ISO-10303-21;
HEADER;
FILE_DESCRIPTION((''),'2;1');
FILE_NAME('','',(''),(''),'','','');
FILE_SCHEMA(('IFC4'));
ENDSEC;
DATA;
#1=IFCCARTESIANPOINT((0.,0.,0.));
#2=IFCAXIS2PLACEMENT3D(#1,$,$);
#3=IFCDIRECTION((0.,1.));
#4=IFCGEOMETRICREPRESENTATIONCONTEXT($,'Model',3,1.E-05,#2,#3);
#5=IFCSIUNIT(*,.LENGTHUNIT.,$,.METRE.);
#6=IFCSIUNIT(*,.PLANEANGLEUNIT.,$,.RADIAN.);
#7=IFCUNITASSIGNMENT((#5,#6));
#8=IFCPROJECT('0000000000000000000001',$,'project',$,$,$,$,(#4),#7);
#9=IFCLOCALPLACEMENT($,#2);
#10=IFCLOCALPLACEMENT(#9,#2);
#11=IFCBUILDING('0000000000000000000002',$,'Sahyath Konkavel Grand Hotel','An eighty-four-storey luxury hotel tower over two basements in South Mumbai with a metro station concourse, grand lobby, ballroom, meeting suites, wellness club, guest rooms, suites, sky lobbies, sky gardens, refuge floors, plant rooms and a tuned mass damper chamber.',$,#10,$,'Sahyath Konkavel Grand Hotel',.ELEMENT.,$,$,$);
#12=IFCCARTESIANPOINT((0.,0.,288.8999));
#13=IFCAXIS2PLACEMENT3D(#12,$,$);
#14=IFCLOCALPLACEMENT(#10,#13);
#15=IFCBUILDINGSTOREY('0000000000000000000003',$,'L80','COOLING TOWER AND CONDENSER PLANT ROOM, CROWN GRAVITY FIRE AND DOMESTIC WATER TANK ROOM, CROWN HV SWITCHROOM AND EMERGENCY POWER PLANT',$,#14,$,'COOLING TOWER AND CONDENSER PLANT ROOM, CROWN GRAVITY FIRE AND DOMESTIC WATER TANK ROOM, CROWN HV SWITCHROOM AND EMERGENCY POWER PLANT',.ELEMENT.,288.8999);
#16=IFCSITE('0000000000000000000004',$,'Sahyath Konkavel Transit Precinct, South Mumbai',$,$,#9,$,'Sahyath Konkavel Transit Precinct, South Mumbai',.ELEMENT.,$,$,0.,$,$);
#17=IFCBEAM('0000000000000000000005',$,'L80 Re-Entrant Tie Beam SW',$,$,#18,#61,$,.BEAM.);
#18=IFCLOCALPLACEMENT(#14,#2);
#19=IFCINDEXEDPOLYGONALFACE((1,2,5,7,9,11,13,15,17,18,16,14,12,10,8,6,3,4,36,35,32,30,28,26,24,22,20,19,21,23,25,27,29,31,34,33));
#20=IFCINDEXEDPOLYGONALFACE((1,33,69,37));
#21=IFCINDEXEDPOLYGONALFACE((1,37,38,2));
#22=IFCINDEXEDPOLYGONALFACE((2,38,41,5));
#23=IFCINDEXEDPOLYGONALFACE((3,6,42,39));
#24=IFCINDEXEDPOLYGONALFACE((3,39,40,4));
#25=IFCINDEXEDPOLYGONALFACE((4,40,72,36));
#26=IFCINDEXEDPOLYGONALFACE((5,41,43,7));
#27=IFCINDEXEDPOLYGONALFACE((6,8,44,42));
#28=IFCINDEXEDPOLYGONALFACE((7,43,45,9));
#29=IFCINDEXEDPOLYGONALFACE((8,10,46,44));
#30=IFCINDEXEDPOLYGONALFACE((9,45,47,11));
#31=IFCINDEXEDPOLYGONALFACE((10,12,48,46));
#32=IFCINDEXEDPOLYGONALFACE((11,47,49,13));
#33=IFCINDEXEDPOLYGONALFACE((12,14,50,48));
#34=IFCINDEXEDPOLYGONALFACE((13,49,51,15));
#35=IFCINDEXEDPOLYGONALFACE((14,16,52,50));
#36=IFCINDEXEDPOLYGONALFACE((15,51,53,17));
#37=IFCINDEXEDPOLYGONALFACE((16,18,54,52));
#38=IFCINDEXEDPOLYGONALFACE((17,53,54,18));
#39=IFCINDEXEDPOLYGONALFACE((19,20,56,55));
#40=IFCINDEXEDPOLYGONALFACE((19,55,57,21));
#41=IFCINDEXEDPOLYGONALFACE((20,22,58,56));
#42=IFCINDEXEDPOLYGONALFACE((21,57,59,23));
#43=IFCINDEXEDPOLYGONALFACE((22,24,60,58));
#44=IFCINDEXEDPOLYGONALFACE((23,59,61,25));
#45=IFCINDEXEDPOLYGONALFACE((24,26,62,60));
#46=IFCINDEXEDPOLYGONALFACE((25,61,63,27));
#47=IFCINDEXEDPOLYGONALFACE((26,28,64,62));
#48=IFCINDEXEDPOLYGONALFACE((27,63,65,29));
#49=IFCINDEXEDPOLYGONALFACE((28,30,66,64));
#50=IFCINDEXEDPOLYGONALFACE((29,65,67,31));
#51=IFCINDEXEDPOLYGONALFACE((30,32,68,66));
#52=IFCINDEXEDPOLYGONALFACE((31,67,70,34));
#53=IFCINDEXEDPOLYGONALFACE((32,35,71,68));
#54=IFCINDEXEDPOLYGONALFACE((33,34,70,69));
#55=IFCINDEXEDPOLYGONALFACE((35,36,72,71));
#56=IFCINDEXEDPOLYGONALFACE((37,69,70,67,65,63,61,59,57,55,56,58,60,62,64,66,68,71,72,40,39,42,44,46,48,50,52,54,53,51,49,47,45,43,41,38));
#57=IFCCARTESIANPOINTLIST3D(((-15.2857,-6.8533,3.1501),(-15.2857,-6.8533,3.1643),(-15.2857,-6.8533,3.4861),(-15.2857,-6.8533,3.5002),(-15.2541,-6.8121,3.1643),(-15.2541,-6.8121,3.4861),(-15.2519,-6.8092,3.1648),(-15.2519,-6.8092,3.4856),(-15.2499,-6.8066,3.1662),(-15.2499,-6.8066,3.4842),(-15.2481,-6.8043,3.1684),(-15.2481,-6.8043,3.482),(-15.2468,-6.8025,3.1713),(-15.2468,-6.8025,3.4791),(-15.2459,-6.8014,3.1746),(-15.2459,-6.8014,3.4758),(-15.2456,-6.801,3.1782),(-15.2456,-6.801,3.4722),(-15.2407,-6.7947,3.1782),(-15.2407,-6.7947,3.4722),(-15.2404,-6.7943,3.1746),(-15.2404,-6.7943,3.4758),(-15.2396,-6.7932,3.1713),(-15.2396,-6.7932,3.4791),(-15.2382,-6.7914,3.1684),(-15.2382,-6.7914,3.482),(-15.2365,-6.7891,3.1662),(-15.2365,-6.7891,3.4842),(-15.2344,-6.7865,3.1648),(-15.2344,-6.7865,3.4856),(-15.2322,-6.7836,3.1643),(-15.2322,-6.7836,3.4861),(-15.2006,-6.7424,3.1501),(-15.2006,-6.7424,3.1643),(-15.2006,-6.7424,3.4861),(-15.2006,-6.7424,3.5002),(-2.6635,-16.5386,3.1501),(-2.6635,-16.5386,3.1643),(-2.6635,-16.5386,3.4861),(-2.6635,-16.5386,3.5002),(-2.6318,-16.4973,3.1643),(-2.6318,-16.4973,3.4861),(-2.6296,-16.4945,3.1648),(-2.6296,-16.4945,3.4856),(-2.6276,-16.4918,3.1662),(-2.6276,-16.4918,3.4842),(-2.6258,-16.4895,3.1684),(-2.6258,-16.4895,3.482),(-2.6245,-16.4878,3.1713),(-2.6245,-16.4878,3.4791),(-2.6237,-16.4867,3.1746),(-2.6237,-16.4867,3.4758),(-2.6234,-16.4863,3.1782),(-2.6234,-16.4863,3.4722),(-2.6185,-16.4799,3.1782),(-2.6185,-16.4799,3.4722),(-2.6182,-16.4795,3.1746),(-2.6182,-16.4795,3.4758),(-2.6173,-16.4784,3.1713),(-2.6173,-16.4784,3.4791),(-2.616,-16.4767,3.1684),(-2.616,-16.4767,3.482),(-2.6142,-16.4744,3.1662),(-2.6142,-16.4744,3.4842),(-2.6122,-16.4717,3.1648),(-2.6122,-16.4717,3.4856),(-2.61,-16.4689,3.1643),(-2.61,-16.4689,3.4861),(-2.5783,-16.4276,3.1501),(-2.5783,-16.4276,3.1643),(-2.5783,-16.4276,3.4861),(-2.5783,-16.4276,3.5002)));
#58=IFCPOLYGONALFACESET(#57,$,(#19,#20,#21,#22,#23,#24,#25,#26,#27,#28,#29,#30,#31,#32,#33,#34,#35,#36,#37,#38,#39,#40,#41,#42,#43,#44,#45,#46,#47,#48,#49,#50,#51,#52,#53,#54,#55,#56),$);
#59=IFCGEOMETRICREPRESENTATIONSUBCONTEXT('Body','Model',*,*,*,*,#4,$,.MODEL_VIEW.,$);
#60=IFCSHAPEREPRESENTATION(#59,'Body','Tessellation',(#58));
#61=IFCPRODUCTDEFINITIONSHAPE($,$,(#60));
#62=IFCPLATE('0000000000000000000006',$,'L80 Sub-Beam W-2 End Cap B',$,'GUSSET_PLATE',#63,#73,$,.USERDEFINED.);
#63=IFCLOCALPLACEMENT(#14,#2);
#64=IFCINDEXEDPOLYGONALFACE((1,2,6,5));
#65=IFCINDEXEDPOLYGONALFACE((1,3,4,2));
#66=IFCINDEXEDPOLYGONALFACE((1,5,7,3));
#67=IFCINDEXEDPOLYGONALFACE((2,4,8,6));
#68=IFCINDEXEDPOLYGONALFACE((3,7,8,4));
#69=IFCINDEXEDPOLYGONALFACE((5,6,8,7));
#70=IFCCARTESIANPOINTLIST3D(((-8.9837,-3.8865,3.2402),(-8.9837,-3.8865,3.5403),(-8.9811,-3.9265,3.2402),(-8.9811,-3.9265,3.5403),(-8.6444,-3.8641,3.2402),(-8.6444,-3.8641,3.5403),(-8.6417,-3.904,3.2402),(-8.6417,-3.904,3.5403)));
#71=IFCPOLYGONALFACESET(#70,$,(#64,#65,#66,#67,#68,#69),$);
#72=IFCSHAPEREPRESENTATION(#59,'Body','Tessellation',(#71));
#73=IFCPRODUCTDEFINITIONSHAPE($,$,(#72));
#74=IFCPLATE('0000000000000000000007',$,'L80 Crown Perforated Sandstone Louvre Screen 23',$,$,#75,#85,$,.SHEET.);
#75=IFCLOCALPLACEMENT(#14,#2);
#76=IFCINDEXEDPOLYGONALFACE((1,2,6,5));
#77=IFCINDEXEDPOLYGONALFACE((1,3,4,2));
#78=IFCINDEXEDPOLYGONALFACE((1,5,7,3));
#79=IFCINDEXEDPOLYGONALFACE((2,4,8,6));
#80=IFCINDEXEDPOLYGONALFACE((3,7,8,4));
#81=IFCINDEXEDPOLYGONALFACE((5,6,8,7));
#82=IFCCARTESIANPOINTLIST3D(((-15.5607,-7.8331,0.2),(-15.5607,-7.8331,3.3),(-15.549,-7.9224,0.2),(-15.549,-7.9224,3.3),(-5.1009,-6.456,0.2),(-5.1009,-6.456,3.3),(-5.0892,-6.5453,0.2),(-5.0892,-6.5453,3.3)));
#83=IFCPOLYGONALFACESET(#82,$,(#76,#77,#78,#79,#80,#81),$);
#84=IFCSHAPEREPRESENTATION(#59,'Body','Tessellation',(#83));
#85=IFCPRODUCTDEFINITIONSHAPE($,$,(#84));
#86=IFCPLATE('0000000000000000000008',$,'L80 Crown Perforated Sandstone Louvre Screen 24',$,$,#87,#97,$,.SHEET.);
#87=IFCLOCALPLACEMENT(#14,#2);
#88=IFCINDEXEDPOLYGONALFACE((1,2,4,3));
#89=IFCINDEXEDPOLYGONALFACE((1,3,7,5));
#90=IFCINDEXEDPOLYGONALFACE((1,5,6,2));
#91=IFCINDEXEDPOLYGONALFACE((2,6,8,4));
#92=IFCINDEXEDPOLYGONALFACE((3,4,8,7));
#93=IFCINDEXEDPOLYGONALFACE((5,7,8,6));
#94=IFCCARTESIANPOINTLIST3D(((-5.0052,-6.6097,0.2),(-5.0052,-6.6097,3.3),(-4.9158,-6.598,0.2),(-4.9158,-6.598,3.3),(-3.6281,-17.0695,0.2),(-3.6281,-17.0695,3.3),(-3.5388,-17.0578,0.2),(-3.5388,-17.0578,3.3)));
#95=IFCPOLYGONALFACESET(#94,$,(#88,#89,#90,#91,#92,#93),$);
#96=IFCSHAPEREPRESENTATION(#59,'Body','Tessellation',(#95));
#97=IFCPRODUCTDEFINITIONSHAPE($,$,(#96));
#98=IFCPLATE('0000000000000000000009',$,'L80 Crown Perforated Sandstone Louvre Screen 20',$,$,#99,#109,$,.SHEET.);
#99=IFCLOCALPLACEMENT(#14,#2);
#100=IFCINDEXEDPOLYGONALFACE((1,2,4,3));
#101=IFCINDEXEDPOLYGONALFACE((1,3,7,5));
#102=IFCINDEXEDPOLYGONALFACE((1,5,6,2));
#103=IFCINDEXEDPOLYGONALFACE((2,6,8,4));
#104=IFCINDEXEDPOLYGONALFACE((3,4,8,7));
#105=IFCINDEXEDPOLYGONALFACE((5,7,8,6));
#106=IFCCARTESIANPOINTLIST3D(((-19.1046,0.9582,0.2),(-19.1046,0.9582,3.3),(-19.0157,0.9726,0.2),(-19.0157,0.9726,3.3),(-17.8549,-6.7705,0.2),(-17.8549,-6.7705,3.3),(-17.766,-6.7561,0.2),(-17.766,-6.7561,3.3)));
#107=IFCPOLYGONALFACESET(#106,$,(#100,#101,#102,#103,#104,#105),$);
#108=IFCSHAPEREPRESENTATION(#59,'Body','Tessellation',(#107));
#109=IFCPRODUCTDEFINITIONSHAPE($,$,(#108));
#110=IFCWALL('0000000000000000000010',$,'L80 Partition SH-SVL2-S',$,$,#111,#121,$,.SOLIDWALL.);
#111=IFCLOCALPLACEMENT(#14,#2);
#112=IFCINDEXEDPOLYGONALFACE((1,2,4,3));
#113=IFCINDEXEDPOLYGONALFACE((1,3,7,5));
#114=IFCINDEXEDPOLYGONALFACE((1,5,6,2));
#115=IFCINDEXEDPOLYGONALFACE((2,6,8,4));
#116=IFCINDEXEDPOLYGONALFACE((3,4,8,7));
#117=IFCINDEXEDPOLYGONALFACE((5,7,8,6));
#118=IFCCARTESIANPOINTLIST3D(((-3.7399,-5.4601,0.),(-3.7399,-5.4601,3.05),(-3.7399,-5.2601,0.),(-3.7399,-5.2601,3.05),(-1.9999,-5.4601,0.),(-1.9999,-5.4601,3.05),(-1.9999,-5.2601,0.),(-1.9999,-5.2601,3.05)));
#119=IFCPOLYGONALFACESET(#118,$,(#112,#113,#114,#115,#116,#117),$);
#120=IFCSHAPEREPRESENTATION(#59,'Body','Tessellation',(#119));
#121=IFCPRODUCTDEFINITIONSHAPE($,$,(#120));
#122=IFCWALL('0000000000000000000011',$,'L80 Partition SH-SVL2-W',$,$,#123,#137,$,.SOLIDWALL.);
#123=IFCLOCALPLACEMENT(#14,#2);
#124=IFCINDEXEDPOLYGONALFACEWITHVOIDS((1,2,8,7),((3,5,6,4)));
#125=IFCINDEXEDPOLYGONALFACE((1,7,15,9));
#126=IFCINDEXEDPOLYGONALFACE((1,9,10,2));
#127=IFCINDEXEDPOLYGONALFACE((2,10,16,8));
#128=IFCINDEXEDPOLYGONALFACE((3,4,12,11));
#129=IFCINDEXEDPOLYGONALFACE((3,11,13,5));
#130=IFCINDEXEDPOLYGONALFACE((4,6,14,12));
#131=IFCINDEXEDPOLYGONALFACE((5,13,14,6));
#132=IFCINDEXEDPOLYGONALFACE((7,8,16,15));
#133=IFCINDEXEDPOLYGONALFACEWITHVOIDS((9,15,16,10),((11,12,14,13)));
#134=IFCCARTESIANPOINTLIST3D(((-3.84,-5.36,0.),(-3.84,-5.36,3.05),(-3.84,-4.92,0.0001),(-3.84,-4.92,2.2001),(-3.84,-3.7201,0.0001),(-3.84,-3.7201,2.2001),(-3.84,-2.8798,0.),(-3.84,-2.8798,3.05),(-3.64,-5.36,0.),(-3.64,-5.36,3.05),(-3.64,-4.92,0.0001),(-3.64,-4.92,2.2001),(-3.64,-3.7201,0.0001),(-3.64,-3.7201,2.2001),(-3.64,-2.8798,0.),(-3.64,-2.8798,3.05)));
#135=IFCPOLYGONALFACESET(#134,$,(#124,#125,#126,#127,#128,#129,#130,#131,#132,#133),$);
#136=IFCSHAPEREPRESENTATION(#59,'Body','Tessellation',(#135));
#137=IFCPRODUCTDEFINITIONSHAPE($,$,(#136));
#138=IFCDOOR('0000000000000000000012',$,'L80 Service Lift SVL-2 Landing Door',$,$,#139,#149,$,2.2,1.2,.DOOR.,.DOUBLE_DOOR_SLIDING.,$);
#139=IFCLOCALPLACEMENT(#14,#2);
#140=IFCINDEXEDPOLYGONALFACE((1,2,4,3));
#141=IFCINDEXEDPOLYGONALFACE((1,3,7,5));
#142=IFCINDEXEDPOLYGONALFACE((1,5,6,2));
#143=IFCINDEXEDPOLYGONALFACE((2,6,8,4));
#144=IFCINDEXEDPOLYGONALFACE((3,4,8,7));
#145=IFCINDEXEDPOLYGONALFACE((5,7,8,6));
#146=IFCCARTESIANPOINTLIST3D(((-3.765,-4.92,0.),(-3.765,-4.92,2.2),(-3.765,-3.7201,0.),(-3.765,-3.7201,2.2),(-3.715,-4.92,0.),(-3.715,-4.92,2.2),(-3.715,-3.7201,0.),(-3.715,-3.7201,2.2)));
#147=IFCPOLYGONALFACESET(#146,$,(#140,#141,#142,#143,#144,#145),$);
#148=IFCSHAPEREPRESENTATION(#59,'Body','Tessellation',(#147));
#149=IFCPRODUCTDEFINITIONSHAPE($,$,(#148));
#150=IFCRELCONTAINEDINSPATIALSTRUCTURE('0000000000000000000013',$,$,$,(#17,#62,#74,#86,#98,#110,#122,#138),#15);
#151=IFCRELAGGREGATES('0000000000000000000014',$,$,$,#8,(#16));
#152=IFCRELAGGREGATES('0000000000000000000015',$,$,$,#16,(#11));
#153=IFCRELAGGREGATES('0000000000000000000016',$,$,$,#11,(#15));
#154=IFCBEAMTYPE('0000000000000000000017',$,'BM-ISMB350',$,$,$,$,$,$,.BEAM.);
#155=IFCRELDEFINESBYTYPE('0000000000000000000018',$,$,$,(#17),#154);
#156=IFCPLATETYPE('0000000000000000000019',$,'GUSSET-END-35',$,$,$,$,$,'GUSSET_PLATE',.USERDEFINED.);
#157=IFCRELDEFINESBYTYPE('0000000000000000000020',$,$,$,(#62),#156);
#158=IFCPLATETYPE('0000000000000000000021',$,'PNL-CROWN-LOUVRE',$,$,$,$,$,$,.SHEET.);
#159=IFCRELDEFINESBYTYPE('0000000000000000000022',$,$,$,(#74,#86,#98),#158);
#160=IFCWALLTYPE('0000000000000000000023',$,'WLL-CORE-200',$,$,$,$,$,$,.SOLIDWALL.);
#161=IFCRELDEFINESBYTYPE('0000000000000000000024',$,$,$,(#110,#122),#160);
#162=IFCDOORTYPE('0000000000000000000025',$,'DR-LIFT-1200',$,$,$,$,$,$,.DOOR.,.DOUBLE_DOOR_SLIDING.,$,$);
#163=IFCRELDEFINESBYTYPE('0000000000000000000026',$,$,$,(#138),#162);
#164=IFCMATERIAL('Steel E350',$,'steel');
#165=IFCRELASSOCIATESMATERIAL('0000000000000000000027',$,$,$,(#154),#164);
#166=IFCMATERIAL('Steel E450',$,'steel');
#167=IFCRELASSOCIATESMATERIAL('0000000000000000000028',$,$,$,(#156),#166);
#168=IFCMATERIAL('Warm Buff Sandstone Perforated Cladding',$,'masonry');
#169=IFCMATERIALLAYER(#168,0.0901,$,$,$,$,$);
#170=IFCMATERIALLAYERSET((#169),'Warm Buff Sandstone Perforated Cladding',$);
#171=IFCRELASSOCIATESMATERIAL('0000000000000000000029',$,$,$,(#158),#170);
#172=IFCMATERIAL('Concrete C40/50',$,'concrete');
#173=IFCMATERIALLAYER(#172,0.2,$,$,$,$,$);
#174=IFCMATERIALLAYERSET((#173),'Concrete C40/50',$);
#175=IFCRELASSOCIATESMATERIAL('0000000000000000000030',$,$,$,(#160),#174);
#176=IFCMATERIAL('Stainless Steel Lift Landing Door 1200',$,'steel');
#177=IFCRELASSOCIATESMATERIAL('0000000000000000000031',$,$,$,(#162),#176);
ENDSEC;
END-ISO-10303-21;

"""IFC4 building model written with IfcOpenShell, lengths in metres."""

from ifc_helpers import new_model, si_unit, direction, frame, frame_2d, origin, origin_2d, place, context, subcontext, project, spatial, rectangle, i_section, extrude, source, transform, mapped, material, layer, layer_set, material_profile, profile_set, type_object, element, fill, save


model = new_model("IFC4")

# Units and contexts
model_context = context("Model", 3, precision=1e-05, world=origin(), true_north=direction((0.0, 1.0)))
body_context = subcontext(model_context, "Body", "Model", "MODEL_VIEW")
ifc_project = project(units=[si_unit("LENGTHUNIT", "METRE"), si_unit("PLANEANGLEUNIT", "RADIAN")], contexts=[model_context])

# Site, building, storey
site_placement = place(None, origin())
site = spatial("IfcSite", under=ifc_project, at=site_placement, Name="Sahyath Konkavel Transit Precinct, South Mumbai", LongName="Sahyath Konkavel Transit Precinct, South Mumbai", CompositionType="ELEMENT", RefElevation=0.0)
building_placement = place(site_placement, origin())
building = spatial("IfcBuilding", under=site, at=building_placement, Name="Sahyath Konkavel Grand Hotel", Description="An eighty-four-storey luxury hotel tower over two basements in South Mumbai with a metro station concourse, grand lobby, ballroom, meeting suites, wellness club, guest rooms, suites, sky lobbies, sky gardens, refuge floors, plant rooms and a tuned mass damper chamber.", LongName="Sahyath Konkavel Grand Hotel", CompositionType="ELEMENT")
storey_placement = place(building_placement, frame((0.0, 0.0, 288.8999)))
storey = spatial("IfcBuildingStorey", under=building, at=storey_placement, Name="L80", Description="COOLING TOWER AND CONDENSER PLANT ROOM, CROWN GRAVITY FIRE AND DOMESTIC WATER TANK ROOM, CROWN HV SWITCHROOM AND EMERGENCY POWER PLANT", LongName="COOLING TOWER AND CONDENSER PLANT ROOM, CROWN GRAVITY FIRE AND DOMESTIC WATER TANK ROOM, CROWN HV SWITCHROOM AND EMERGENCY POWER PLANT", CompositionType="ELEMENT", Elevation=288.8999)

# Shared definitions
ifc_material_1 = material(Name="Concrete C40/50", Category="concrete")

# Beam
ifc_material_2 = material(Name="Steel E350", Category="steel")
ifc_material_profile_1 = material_profile(ifc_material_2, i_section(OverallWidth=0.1399, OverallDepth=0.3501, WebThickness=0.0081, FlangeThickness=0.0142, FilletRadius=0.0139, at=origin_2d()), Name="ISMB 350")
ifc_profile_set_1 = profile_set([ifc_material_profile_1], Name="Steel E350")
beam_type_1 = type_object("IfcBeamType", Name="BM-ISMB350", PredefinedType="BEAM", material=ifc_profile_set_1)
shared_shape_1 = source(origin(), body_context, "Body", "SweptSolid", [
    extrude(i_section(OverallWidth=0.1399, OverallDepth=0.3501, WebThickness=0.0081, FlangeThickness=0.0142, FilletRadius=0.0139, at=origin_2d()), origin(), (0.0, 0.0, 1.0), 15.9099),
])
beam_1_placement = place(storey_placement, frame((-15.2432, -6.7979, 3.3252), z_axis=(0.793358, -0.608756, 0.0), x_axis=(0.608756, 0.793358, 0.0)))
element("IfcBeam", 1, at=beam_1_placement, inside=storey, type_object=beam_type_1, Name="L80 Re-Entrant Tie Beam SW", PredefinedType="BEAM", context=body_context, shape_type="MappedRepresentation", body=[
    mapped(shared_shape_1, transform((0.0, 0.0, 0.0), scale=1.0)),
])

# Plates
ifc_material_3 = material(Name="Steel E450", Category="steel")
plate_type_1 = type_object("IfcPlateType", Name="GUSSET-END-35", ElementType="GUSSET_PLATE", PredefinedType="USERDEFINED", material=ifc_material_3)
shared_shape_2 = source(origin(), body_context, "Body", "SweptSolid", [
    extrude(rectangle(XDim=0.04, YDim=0.3401, at=origin_2d()), origin(), (0.0, 0.0, 1.0), 0.3),
])
plate_1_placement = place(storey_placement, frame((-8.8127, -3.8953, 3.2402), z_axis=(0.0, 0.0, 1.0), x_axis=(0.06603, -0.997818, 0.0)))
element("IfcPlate", 2, at=plate_1_placement, inside=storey, type_object=plate_type_1, Name="L80 Sub-Beam W-2 End Cap B", ObjectType="GUSSET_PLATE", PredefinedType="USERDEFINED", context=body_context, shape_type="MappedRepresentation", body=[
    mapped(shared_shape_2, transform((0.0, 0.0, 0.0), scale=1.0)),
])
ifc_material_4 = material(Name="Warm Buff Sandstone Perforated Cladding", Category="masonry")
ifc_layer_1 = layer(ifc_material_4, 0.0901)
ifc_layer_set_1 = layer_set([ifc_layer_1], Name="Warm Buff Sandstone Perforated Cladding")
plate_type_2 = type_object("IfcPlateType", Name="PNL-CROWN-LOUVRE", PredefinedType="SHEET", material=ifc_layer_set_1)
shared_shape_3 = source(origin(), body_context, "Body", "SweptSolid", [
    extrude(rectangle(XDim=10.55, YDim=0.0901, at=origin_2d()), origin(), (0.0, 0.0, 1.0), 3.1001),
])
for number, where, z_axis, x_axis, name in (
    (3, (-10.325, -7.1892, 0.2), (0.0, 0.0, 1.0), (0.991445, 0.130526, 0.0), "L80 Crown Perforated Sandstone Louvre Screen 23"),
    (4, (-4.272, -11.8337, 0.2), (0.0, 0.0, 1.0), (0.130526, -0.991445, 0.0), "L80 Crown Perforated Sandstone Louvre Screen 24"),
):
    element("IfcPlate", number, at=place(storey_placement, frame(where, z_axis=z_axis, x_axis=x_axis)), inside=storey, type_object=plate_type_2, Name=name, PredefinedType="SHEET", context=body_context, shape_type="MappedRepresentation", body=[
        mapped(shared_shape_3, transform((0.0, 0.0, 0.0), scale=1.0)),
    ])
shared_shape_4 = source(origin(), body_context, "Body", "SweptSolid", [
    extrude(rectangle(XDim=7.8291, YDim=0.0901, at=origin_2d()), origin(), (0.0, 0.0, 1.0), 3.1001),
])
plate_2_placement = place(storey_placement, frame((-18.4353, -2.8989, 0.2), z_axis=(0.0, 0.0, 1.0), x_axis=(0.159623, -0.987178, 0.0)))
element("IfcPlate", 5, at=plate_2_placement, inside=storey, type_object=plate_type_2, Name="L80 Crown Perforated Sandstone Louvre Screen 20", PredefinedType="SHEET", context=body_context, shape_type="MappedRepresentation", body=[
    mapped(shared_shape_4, transform((0.0, 0.0, 0.0), scale=1.0)),
])

# Wall
ifc_layer_2 = layer(ifc_material_1, 0.2)
ifc_layer_set_2 = layer_set([ifc_layer_2], Name="Concrete C40/50")
wall_type_1 = type_object("IfcWallType", Name="WLL-CORE-200", PredefinedType="SOLIDWALL", material=ifc_layer_set_2)
wall_1_placement = place(storey_placement, frame((-3.74, -5.3601, 0.0), z_axis=(0.0, 0.0, 1.0), x_axis=(1.0, 0.0, 0.0)))
element("IfcWall", 6, at=wall_1_placement, inside=storey, type_object=wall_type_1, Name="L80 Partition SH-SVL2-S", PredefinedType="SOLIDWALL", context=body_context, shape_type="SweptSolid", body=[
    extrude(rectangle(XDim=1.74, YDim=0.2, at=frame_2d((0.8701, 0.0))), origin(), (0.0, 0.0, 1.0), 3.05),
])

# Wall, opening, door
wall_2_placement = place(storey_placement, frame((-3.74, -5.3601, 0.0), z_axis=(0.0, 0.0, 1.0), x_axis=(0.0, 1.0, 0.0)))
wall_2 = element("IfcWall", 7, at=wall_2_placement, inside=storey, type_object=wall_type_1, Name="L80 Partition SH-SVL2-W", PredefinedType="SOLIDWALL", context=body_context, shape_type="SweptSolid", body=[
    extrude(rectangle(XDim=2.4802, YDim=0.2, at=frame_2d((1.2402, 0.0))), origin(), (0.0, 0.0, 1.0), 3.05),
])
opening_1_placement = place(wall_2_placement, frame((0.4399, 0.0, 0.0)))
opening_1 = element("IfcOpeningElement", 8, at=opening_1_placement, cuts=wall_2, PredefinedType="OPENING", context=body_context, shape_type="SweptSolid", body=[
    extrude(rectangle(XDim=1.2, YDim=2.2, at=frame_2d((0.6001, 1.1001))), frame((0.0, 0.1099, 0.0), z_axis=(0.0, -1.0, 0.0), x_axis=(1.0, 0.0, 0.0)), (0.0, 0.0, 1.0), 0.22),
])
ifc_material_5 = material(Name="Stainless Steel Lift Landing Door 1200", Category="steel")
door_type_1 = type_object("IfcDoorType", Name="DR-LIFT-1200", OperationType="DOUBLE_DOOR_SLIDING", PredefinedType="DOOR", material=ifc_material_5)
shared_shape_5 = source(origin(), body_context, "Body", "SweptSolid", [
    extrude(rectangle(XDim=1.2, YDim=0.05, at=origin_2d()), origin(), (0.0, 0.0, 1.0), 2.2),
])
door_1_placement = place(opening_1_placement, frame((0.6001, 0.0, 0.0)))
door_1 = element("IfcDoor", 9, at=door_1_placement, inside=storey, type_object=door_type_1, Name="L80 Service Lift SVL-2 Landing Door", OperationType="DOUBLE_DOOR_SLIDING", OverallHeight=2.2, OverallWidth=1.2, PredefinedType="DOOR", context=body_context, shape_type="MappedRepresentation", body=[
    mapped(shared_shape_5, transform((0.0, 0.0, 0.0), scale=1.0)),
])
fill(opening_1, door_1)

save(model, "model.ifc")
